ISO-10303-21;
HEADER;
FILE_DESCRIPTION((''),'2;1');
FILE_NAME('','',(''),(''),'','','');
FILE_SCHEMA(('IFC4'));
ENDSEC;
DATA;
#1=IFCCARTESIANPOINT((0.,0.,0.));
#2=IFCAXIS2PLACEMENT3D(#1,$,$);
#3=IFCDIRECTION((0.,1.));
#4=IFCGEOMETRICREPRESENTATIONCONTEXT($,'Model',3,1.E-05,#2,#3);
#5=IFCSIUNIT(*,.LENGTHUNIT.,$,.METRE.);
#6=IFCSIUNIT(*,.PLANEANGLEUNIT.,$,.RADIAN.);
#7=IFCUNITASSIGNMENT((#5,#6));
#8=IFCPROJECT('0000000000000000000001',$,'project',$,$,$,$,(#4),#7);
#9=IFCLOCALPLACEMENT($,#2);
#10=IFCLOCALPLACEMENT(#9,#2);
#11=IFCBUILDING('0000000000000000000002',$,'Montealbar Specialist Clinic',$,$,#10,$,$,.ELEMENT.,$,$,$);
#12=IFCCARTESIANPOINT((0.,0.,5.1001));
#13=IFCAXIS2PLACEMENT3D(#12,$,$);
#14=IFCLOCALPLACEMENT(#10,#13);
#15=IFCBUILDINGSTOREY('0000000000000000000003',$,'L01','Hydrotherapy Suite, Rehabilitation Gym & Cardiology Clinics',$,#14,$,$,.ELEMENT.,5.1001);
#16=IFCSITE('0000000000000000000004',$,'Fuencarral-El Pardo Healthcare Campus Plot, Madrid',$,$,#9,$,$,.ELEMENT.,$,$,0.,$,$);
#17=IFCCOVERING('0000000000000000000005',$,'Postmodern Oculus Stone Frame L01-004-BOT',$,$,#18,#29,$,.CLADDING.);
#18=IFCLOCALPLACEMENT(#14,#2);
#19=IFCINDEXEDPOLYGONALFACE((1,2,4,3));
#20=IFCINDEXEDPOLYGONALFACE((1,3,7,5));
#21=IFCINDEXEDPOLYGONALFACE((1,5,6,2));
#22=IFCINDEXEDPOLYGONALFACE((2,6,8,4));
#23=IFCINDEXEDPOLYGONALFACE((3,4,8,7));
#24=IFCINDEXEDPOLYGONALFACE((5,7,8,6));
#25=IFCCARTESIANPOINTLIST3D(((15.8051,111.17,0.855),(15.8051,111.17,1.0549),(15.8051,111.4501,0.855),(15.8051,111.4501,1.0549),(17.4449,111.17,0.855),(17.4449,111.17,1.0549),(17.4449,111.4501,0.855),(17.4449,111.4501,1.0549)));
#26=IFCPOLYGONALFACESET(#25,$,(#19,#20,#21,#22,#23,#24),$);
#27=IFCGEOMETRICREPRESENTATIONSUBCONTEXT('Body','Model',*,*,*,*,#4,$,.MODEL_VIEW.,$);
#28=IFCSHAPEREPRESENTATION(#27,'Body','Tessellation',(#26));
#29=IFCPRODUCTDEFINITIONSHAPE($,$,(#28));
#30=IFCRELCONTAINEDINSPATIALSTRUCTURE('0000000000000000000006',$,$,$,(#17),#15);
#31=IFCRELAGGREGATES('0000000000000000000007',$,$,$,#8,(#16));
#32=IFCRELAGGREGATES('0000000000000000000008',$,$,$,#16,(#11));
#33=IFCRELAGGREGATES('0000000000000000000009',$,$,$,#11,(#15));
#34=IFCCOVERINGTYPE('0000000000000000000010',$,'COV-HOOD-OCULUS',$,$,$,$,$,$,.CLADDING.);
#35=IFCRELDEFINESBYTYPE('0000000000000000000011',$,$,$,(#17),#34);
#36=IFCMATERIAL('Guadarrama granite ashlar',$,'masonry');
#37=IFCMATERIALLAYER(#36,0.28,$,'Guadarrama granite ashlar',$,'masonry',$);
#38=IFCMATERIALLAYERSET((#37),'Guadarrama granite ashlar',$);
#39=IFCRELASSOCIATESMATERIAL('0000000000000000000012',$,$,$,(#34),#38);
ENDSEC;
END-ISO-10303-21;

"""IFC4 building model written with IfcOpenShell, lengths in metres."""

from ifc_helpers import new_model, si_unit, direction, frame, origin, origin_2d, place, context, subcontext, project, spatial, rectangle, extrude, material, layer, layer_set, type_object, element, save


model = new_model("IFC4")

# Units and contexts
model_context = context("Model", 3, precision=1e-05, world=origin(), true_north=direction((0.0, 1.0)))
body_context = subcontext(model_context, "Body", "Model", "MODEL_VIEW")
ifc_project = project(units=[si_unit("LENGTHUNIT", "METRE"), si_unit("PLANEANGLEUNIT", "RADIAN")], contexts=[model_context])

# Site, building, storey
site_placement = place(None, origin())
site = spatial("IfcSite", under=ifc_project, at=site_placement, Name="Fuencarral-El Pardo Healthcare Campus Plot, Madrid", CompositionType="ELEMENT", RefElevation=0.0)
building_placement = place(site_placement, origin())
building = spatial("IfcBuilding", under=site, at=building_placement, Name="Montealbar Specialist Clinic", CompositionType="ELEMENT")
storey_placement = place(building_placement, frame((0.0, 0.0, 5.1001)))
storey = spatial("IfcBuildingStorey", under=building, at=storey_placement, Name="L01", Description="Hydrotherapy Suite, Rehabilitation Gym & Cardiology Clinics", CompositionType="ELEMENT", Elevation=5.1001)

# Shared definitions
ifc_material_1 = material(Name="Guadarrama granite ashlar", Category="masonry")

# Covering
ifc_layer_1 = layer(ifc_material_1, 0.28, Name="Guadarrama granite ashlar", Category="masonry")
ifc_layer_set_1 = layer_set([ifc_layer_1], Name="Guadarrama granite ashlar")
covering_type = type_object("IfcCoveringType", Name="COV-HOOD-OCULUS", PredefinedType="CLADDING", material=ifc_layer_set_1)
for number, where, z_axis, x_axis, name in (
    (1, (16.625, 111.3101, 0.855), (0.0, 0.0, 1.0), (1.0, 0.0, 0.0), "Postmodern Oculus Stone Frame L01-004-BOT"),
):
    element("IfcCovering", number, at=place(storey_placement, frame(where, z_axis=z_axis, x_axis=x_axis)), inside=storey, type_object=covering_type, Name=name, PredefinedType="CLADDING", context=body_context, shape_type="SweptSolid", body=[
        extrude(rectangle(XDim=1.6399, YDim=0.28, at=origin_2d()), origin(), (0.0, 0.0, 1.0), 0.2),
    ])

save(model, "model.ifc")
